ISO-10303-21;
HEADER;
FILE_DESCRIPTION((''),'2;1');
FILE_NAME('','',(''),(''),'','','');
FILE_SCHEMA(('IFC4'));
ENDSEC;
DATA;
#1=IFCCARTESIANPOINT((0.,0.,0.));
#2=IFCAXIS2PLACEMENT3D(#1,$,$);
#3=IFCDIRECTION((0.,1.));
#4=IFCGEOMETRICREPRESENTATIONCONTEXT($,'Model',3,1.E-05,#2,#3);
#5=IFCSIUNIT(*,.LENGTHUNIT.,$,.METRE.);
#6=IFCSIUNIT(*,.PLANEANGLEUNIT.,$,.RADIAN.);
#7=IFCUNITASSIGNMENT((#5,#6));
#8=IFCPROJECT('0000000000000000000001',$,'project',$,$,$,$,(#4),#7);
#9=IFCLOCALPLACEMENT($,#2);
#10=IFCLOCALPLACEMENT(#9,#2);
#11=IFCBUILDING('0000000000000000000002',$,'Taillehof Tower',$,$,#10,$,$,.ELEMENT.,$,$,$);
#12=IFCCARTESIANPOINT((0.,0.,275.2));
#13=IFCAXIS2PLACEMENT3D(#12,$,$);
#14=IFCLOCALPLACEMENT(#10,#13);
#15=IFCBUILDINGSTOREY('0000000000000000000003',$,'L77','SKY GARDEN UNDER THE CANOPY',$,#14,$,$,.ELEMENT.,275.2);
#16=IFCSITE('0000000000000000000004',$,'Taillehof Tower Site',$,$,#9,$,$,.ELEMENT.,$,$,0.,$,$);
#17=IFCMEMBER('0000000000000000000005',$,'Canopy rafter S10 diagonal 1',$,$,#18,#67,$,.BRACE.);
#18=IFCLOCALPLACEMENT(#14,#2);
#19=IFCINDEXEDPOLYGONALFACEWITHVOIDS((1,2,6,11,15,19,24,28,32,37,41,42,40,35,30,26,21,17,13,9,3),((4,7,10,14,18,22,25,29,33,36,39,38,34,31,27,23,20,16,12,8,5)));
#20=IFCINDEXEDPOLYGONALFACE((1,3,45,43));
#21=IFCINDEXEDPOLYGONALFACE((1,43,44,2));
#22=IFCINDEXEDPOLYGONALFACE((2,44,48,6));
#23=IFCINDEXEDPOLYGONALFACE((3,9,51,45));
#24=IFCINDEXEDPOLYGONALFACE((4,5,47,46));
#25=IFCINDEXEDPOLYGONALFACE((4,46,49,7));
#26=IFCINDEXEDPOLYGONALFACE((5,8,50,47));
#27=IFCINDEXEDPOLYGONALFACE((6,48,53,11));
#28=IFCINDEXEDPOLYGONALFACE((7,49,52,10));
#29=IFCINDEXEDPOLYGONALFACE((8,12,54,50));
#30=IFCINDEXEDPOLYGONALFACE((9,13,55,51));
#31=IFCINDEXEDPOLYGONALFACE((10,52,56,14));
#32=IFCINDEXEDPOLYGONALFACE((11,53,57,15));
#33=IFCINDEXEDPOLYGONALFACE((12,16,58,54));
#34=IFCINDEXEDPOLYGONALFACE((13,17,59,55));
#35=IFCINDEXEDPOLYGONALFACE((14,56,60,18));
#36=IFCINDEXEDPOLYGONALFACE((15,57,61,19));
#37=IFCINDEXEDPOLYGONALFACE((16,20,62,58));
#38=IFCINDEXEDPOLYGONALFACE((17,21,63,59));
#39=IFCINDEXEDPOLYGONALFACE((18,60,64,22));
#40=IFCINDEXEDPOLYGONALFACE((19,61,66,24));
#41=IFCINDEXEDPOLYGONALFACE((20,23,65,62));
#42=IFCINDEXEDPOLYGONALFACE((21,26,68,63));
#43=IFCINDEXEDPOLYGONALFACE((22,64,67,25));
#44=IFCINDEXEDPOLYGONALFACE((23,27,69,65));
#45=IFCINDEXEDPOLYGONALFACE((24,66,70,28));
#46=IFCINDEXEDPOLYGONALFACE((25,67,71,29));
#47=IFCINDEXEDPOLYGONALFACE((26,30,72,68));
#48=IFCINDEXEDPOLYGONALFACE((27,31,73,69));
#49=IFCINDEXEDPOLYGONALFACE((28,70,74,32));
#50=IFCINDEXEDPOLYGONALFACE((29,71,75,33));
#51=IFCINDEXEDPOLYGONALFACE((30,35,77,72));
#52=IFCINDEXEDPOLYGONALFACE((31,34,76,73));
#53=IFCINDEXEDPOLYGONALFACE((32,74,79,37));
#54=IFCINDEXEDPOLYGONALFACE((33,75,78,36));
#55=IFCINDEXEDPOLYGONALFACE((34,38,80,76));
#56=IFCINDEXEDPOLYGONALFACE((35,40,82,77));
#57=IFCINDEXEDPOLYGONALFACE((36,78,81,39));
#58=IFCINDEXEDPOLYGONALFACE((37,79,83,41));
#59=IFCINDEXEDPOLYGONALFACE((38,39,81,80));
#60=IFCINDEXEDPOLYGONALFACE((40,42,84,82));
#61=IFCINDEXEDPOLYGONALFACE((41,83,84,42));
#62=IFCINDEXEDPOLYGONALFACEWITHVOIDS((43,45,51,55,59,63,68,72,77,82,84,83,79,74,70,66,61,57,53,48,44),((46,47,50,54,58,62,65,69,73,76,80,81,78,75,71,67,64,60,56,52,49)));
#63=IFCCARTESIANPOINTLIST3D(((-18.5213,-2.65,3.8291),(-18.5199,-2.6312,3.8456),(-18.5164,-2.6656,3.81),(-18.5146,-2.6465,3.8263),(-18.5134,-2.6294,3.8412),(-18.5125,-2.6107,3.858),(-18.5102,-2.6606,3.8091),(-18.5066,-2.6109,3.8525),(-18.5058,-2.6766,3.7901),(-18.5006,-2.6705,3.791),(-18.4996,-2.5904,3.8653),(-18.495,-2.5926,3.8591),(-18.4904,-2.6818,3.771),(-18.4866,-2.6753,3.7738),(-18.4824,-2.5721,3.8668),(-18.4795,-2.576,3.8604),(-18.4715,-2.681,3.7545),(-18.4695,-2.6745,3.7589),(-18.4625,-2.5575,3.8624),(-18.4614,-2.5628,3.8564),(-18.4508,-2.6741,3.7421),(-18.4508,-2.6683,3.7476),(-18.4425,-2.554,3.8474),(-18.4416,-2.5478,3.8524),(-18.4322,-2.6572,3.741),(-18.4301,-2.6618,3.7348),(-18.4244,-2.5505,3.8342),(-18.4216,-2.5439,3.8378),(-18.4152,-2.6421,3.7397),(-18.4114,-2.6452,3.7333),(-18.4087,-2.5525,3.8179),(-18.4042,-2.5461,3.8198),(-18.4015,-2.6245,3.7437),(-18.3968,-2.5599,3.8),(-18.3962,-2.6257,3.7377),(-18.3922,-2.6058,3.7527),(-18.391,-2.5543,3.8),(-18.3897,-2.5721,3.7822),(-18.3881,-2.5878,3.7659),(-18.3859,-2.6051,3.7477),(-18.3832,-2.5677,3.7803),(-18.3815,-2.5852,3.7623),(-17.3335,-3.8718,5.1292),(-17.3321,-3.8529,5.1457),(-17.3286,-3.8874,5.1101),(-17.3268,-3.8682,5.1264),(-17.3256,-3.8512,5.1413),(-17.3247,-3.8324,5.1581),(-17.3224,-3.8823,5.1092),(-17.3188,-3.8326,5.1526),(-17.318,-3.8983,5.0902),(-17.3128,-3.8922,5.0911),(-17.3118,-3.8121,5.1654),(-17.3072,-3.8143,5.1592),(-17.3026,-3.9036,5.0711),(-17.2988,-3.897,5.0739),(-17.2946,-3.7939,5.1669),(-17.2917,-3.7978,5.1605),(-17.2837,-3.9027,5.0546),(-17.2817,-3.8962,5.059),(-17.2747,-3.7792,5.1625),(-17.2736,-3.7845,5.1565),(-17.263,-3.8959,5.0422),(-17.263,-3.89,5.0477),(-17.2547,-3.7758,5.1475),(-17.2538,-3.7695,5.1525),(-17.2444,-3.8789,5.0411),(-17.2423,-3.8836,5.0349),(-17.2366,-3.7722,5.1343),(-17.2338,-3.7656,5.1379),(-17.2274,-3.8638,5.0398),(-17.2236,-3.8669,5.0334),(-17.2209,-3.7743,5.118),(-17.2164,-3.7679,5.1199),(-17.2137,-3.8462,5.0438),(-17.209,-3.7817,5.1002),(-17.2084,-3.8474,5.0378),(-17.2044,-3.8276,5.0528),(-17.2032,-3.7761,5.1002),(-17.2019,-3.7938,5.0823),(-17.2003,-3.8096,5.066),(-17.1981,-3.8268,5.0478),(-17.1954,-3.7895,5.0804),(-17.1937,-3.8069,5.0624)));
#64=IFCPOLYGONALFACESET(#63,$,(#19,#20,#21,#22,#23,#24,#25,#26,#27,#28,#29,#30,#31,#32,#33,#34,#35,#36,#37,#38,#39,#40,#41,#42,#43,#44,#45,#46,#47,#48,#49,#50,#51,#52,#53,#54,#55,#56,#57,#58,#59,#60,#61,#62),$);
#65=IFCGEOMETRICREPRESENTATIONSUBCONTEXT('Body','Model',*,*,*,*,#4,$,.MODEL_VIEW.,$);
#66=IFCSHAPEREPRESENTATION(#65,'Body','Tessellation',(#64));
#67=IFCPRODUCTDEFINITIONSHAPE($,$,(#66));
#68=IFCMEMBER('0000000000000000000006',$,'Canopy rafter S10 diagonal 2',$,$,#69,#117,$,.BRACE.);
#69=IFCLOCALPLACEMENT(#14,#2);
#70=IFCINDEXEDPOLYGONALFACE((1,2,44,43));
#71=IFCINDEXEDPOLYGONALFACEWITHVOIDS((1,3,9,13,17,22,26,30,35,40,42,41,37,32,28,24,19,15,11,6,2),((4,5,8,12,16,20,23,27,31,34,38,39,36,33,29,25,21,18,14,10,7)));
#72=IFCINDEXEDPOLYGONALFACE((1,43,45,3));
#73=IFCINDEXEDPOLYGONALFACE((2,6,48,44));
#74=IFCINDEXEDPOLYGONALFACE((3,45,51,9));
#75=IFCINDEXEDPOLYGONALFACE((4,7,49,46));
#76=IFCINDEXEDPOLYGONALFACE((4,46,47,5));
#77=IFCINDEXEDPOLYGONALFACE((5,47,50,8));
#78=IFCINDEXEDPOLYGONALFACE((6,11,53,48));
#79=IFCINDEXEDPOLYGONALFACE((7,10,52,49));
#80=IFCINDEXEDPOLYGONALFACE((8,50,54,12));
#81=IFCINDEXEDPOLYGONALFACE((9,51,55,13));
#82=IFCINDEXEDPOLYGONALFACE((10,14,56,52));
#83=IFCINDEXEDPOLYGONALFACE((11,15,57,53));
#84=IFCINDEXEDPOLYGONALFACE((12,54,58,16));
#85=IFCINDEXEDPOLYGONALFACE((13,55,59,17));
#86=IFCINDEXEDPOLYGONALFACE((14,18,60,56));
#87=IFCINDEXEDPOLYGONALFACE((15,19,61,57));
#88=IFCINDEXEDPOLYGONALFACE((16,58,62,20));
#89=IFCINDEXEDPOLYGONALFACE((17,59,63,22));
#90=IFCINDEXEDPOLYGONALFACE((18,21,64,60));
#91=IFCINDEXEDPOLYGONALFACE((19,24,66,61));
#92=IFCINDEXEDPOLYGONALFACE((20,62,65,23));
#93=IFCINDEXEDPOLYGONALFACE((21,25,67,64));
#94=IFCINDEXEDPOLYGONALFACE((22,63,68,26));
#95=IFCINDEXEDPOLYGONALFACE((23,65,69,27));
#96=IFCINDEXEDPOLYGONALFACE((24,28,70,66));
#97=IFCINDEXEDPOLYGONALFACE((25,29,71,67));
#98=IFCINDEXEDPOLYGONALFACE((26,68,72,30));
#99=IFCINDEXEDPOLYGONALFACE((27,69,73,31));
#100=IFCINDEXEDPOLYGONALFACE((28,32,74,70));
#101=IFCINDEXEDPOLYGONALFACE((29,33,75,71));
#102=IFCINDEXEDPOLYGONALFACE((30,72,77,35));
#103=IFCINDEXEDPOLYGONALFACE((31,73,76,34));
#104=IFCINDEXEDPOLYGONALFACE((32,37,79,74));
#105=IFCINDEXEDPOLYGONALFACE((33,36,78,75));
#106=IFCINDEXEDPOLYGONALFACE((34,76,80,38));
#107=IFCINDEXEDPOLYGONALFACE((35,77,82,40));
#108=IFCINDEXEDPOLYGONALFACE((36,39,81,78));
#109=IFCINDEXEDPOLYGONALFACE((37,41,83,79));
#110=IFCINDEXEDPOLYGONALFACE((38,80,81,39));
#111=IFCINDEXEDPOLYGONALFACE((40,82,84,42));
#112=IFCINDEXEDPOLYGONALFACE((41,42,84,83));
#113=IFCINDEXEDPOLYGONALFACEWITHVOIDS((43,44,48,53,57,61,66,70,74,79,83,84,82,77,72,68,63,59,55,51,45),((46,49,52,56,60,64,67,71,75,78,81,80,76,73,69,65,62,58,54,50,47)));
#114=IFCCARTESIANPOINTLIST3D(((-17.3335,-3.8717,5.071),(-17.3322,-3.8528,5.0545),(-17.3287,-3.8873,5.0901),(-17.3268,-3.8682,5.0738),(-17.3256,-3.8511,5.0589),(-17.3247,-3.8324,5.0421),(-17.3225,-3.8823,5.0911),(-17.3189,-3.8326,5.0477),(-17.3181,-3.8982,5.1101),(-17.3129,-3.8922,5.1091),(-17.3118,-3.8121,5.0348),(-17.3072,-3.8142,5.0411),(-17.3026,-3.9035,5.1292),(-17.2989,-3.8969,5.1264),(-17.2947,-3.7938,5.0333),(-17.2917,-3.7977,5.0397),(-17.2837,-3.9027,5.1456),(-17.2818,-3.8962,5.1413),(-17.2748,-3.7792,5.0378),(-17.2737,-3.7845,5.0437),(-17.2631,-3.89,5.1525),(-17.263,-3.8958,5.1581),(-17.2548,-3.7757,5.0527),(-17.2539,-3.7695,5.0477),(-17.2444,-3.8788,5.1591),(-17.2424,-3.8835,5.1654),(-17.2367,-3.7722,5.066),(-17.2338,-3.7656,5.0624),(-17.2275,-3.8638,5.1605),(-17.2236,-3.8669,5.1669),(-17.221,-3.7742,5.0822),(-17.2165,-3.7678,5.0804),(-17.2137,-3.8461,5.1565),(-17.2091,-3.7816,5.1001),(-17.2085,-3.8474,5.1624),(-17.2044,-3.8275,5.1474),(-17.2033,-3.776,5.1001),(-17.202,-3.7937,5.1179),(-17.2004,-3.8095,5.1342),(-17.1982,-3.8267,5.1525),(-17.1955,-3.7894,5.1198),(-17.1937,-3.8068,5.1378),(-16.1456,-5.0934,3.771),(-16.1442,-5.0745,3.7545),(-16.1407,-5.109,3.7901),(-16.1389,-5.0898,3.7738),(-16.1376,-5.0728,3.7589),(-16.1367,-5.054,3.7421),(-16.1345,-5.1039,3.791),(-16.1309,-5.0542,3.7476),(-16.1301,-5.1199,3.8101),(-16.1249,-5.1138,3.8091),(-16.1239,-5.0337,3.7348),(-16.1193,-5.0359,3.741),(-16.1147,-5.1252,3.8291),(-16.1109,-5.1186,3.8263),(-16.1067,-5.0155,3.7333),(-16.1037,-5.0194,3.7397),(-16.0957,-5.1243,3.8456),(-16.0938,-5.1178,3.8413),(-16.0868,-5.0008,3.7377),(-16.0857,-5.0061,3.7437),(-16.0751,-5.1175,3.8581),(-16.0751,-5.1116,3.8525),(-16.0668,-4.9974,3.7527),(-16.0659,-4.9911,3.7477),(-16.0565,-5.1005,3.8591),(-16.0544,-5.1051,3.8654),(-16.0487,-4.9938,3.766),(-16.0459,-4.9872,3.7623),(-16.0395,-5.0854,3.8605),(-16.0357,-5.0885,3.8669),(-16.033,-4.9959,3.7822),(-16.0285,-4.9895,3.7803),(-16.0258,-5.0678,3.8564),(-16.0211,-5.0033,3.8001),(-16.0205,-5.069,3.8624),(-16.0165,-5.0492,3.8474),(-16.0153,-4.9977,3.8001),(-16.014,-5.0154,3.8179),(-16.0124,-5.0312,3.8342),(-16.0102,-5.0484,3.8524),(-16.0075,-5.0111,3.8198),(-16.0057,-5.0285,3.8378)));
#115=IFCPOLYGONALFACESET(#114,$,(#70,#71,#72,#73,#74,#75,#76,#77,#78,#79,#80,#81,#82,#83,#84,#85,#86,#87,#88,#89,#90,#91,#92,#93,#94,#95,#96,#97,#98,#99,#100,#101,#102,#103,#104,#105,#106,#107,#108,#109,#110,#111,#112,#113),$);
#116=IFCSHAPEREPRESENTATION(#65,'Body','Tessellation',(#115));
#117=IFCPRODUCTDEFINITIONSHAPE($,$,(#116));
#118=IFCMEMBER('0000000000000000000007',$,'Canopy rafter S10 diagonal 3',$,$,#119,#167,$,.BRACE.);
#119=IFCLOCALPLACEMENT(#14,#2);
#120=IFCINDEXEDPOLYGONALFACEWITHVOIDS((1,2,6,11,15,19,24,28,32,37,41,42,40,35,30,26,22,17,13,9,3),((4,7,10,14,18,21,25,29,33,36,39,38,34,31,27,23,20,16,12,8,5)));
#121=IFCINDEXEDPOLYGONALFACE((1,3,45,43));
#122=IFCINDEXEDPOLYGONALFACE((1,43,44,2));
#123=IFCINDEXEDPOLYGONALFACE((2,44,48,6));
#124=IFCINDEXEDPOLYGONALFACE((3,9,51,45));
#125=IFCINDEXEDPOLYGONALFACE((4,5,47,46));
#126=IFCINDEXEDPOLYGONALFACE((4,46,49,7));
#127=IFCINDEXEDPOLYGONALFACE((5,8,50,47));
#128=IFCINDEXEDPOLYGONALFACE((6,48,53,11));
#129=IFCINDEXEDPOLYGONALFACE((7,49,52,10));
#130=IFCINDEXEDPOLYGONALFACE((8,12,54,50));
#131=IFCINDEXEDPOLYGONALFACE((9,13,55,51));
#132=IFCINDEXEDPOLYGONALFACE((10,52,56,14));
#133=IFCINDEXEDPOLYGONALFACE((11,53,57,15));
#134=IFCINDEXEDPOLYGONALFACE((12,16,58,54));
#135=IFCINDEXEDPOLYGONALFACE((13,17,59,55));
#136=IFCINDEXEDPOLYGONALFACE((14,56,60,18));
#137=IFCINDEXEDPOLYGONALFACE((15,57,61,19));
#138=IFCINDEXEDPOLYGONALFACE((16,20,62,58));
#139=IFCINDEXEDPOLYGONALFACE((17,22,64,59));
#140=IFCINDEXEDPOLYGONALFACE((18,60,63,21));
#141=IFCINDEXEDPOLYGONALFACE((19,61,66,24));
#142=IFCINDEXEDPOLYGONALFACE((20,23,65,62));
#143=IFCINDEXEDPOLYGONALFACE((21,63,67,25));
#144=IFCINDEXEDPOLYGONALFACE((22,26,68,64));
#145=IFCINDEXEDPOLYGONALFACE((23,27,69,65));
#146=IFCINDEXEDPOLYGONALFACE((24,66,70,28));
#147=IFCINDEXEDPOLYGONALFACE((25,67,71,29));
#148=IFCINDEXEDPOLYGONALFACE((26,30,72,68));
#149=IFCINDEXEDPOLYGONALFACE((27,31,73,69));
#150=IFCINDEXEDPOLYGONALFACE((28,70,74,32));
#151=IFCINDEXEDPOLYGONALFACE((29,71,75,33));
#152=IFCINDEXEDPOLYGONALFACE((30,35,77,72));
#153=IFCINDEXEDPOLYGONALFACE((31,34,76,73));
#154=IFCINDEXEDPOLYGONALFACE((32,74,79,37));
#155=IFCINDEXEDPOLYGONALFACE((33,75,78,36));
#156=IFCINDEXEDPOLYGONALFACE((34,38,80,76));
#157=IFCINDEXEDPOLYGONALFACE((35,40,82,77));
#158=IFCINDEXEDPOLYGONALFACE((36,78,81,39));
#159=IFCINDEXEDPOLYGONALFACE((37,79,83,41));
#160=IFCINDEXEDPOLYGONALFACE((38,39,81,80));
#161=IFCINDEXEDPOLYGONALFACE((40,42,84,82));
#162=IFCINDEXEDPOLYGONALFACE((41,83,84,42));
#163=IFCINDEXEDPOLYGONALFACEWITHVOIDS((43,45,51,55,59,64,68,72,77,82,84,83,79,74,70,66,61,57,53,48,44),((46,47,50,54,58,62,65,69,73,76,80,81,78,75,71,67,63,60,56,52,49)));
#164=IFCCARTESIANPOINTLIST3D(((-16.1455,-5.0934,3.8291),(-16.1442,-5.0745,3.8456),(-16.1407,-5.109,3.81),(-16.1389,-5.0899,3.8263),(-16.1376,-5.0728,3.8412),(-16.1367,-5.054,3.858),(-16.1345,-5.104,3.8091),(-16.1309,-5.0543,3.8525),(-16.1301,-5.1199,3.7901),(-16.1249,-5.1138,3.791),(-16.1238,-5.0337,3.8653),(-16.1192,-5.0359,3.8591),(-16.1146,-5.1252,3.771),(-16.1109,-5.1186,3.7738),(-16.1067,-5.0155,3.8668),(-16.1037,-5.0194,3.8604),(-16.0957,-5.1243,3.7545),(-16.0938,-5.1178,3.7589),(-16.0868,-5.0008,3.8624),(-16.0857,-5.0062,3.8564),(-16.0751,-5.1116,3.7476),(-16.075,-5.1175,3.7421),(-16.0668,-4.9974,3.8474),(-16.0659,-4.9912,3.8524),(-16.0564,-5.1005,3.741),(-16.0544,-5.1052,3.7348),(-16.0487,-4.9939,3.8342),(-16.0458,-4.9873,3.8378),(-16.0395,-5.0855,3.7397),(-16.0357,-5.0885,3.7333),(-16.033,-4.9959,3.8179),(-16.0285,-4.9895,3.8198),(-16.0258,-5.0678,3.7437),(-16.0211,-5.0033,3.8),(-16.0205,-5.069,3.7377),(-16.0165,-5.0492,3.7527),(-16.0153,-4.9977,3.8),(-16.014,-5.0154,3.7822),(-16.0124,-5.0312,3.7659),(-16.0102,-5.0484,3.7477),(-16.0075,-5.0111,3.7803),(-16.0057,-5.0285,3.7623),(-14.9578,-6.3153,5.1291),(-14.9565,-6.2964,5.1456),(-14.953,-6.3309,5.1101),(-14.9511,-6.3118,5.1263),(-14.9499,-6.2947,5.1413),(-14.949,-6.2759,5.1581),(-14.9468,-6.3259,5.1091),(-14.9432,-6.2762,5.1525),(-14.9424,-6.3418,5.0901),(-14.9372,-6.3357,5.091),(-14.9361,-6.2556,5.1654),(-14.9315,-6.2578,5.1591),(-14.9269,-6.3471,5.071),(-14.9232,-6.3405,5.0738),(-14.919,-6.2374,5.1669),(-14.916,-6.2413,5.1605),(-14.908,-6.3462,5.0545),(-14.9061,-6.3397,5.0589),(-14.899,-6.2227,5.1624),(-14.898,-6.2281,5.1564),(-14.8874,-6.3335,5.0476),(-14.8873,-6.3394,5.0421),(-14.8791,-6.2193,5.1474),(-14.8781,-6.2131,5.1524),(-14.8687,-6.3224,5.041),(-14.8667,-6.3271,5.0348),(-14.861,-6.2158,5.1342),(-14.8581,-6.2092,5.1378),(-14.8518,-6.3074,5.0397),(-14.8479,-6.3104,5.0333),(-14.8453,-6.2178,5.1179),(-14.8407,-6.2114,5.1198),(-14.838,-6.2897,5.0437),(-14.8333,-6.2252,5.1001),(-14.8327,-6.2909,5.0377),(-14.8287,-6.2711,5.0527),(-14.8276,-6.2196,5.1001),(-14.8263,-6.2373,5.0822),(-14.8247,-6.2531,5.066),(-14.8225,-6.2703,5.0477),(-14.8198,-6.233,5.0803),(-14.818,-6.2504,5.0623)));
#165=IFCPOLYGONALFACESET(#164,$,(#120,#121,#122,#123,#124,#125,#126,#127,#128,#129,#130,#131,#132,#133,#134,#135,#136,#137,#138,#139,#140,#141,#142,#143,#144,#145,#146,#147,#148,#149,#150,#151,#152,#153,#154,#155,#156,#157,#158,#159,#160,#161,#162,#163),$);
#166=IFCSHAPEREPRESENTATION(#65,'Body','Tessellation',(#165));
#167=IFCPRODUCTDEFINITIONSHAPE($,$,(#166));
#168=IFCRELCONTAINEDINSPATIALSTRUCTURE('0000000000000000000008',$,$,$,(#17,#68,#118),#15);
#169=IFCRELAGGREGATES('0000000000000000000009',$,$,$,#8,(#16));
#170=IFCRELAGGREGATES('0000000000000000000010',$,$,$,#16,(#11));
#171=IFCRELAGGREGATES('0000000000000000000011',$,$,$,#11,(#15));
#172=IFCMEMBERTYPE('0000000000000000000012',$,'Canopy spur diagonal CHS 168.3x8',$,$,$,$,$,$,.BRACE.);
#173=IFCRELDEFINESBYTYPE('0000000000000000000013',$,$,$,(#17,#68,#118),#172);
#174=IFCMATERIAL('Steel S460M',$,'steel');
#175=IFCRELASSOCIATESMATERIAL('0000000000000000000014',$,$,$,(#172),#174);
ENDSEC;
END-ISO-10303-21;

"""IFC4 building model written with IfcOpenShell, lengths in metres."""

from ifc_helpers import new_model, si_unit, direction, frame, origin, origin_2d, place, context, subcontext, project, spatial, hollow_circle, extrude, material, material_profile, profile_set, type_object, element, save


model = new_model("IFC4")

# Units and contexts
model_context = context("Model", 3, precision=1e-05, world=origin(), true_north=direction((0.0, 1.0)))
body_context = subcontext(model_context, "Body", "Model", "MODEL_VIEW")
ifc_project = project(units=[si_unit("LENGTHUNIT", "METRE"), si_unit("PLANEANGLEUNIT", "RADIAN")], contexts=[model_context])

# Site, building, storey
site_placement = place(None, origin())
site = spatial("IfcSite", under=ifc_project, at=site_placement, Name="Taillehof Tower Site", CompositionType="ELEMENT", RefElevation=0.0)
building_placement = place(site_placement, origin())
building = spatial("IfcBuilding", under=site, at=building_placement, Name="Taillehof Tower", CompositionType="ELEMENT")
storey_placement = place(building_placement, frame((0.0, 0.0, 275.2)))
storey = spatial("IfcBuildingStorey", under=building, at=storey_placement, Name="L77", Description="SKY GARDEN UNDER THE CANOPY", CompositionType="ELEMENT", Elevation=275.2)

# Members
ifc_material_1 = material(Name="Steel S460M", Category="steel")
ifc_material_profile_1 = material_profile(ifc_material_1, hollow_circle(Radius=0.0842, WallThickness=0.0081, at=origin_2d()), Name="CHS 168.3x8")
ifc_profile_set_1 = profile_set([ifc_material_profile_1], Name="Steel S460M")
member_type_1 = type_object("IfcMemberType", Name="Canopy spur diagonal CHS 168.3x8", PredefinedType="BRACE", material=ifc_profile_set_1)
for number, where, z_axis, x_axis, name in (
    (1, (-18.4514, -2.613, 3.8), (0.554188, -0.570022, 0.606589), (0.716995, 0.697078, 0.0), "Canopy rafter S10 diagonal 1"),
    (2, (-17.2637, -3.8347, 5.1001), (0.554267, -0.569986, -0.60655), (0.716923, 0.697152, 0.0), "Canopy rafter S10 diagonal 2"),
    (3, (-16.0757, -5.0564, 3.8), (0.554152, -0.570099, 0.606549), (0.717065, 0.697007, 0.0), "Canopy rafter S10 diagonal 3"),
):
    element("IfcMember", number, at=place(storey_placement, frame(where, z_axis=z_axis, x_axis=x_axis)), inside=storey, type_object=member_type_1, Name=name, PredefinedType="BRACE", context=body_context, shape_type="SweptSolid", body=[
        extrude(hollow_circle(Radius=0.0842, WallThickness=0.0081, at=origin_2d()), origin(), (0.0, 0.0, 1.0), 2.1433),
    ])

save(model, "model.ifc")
